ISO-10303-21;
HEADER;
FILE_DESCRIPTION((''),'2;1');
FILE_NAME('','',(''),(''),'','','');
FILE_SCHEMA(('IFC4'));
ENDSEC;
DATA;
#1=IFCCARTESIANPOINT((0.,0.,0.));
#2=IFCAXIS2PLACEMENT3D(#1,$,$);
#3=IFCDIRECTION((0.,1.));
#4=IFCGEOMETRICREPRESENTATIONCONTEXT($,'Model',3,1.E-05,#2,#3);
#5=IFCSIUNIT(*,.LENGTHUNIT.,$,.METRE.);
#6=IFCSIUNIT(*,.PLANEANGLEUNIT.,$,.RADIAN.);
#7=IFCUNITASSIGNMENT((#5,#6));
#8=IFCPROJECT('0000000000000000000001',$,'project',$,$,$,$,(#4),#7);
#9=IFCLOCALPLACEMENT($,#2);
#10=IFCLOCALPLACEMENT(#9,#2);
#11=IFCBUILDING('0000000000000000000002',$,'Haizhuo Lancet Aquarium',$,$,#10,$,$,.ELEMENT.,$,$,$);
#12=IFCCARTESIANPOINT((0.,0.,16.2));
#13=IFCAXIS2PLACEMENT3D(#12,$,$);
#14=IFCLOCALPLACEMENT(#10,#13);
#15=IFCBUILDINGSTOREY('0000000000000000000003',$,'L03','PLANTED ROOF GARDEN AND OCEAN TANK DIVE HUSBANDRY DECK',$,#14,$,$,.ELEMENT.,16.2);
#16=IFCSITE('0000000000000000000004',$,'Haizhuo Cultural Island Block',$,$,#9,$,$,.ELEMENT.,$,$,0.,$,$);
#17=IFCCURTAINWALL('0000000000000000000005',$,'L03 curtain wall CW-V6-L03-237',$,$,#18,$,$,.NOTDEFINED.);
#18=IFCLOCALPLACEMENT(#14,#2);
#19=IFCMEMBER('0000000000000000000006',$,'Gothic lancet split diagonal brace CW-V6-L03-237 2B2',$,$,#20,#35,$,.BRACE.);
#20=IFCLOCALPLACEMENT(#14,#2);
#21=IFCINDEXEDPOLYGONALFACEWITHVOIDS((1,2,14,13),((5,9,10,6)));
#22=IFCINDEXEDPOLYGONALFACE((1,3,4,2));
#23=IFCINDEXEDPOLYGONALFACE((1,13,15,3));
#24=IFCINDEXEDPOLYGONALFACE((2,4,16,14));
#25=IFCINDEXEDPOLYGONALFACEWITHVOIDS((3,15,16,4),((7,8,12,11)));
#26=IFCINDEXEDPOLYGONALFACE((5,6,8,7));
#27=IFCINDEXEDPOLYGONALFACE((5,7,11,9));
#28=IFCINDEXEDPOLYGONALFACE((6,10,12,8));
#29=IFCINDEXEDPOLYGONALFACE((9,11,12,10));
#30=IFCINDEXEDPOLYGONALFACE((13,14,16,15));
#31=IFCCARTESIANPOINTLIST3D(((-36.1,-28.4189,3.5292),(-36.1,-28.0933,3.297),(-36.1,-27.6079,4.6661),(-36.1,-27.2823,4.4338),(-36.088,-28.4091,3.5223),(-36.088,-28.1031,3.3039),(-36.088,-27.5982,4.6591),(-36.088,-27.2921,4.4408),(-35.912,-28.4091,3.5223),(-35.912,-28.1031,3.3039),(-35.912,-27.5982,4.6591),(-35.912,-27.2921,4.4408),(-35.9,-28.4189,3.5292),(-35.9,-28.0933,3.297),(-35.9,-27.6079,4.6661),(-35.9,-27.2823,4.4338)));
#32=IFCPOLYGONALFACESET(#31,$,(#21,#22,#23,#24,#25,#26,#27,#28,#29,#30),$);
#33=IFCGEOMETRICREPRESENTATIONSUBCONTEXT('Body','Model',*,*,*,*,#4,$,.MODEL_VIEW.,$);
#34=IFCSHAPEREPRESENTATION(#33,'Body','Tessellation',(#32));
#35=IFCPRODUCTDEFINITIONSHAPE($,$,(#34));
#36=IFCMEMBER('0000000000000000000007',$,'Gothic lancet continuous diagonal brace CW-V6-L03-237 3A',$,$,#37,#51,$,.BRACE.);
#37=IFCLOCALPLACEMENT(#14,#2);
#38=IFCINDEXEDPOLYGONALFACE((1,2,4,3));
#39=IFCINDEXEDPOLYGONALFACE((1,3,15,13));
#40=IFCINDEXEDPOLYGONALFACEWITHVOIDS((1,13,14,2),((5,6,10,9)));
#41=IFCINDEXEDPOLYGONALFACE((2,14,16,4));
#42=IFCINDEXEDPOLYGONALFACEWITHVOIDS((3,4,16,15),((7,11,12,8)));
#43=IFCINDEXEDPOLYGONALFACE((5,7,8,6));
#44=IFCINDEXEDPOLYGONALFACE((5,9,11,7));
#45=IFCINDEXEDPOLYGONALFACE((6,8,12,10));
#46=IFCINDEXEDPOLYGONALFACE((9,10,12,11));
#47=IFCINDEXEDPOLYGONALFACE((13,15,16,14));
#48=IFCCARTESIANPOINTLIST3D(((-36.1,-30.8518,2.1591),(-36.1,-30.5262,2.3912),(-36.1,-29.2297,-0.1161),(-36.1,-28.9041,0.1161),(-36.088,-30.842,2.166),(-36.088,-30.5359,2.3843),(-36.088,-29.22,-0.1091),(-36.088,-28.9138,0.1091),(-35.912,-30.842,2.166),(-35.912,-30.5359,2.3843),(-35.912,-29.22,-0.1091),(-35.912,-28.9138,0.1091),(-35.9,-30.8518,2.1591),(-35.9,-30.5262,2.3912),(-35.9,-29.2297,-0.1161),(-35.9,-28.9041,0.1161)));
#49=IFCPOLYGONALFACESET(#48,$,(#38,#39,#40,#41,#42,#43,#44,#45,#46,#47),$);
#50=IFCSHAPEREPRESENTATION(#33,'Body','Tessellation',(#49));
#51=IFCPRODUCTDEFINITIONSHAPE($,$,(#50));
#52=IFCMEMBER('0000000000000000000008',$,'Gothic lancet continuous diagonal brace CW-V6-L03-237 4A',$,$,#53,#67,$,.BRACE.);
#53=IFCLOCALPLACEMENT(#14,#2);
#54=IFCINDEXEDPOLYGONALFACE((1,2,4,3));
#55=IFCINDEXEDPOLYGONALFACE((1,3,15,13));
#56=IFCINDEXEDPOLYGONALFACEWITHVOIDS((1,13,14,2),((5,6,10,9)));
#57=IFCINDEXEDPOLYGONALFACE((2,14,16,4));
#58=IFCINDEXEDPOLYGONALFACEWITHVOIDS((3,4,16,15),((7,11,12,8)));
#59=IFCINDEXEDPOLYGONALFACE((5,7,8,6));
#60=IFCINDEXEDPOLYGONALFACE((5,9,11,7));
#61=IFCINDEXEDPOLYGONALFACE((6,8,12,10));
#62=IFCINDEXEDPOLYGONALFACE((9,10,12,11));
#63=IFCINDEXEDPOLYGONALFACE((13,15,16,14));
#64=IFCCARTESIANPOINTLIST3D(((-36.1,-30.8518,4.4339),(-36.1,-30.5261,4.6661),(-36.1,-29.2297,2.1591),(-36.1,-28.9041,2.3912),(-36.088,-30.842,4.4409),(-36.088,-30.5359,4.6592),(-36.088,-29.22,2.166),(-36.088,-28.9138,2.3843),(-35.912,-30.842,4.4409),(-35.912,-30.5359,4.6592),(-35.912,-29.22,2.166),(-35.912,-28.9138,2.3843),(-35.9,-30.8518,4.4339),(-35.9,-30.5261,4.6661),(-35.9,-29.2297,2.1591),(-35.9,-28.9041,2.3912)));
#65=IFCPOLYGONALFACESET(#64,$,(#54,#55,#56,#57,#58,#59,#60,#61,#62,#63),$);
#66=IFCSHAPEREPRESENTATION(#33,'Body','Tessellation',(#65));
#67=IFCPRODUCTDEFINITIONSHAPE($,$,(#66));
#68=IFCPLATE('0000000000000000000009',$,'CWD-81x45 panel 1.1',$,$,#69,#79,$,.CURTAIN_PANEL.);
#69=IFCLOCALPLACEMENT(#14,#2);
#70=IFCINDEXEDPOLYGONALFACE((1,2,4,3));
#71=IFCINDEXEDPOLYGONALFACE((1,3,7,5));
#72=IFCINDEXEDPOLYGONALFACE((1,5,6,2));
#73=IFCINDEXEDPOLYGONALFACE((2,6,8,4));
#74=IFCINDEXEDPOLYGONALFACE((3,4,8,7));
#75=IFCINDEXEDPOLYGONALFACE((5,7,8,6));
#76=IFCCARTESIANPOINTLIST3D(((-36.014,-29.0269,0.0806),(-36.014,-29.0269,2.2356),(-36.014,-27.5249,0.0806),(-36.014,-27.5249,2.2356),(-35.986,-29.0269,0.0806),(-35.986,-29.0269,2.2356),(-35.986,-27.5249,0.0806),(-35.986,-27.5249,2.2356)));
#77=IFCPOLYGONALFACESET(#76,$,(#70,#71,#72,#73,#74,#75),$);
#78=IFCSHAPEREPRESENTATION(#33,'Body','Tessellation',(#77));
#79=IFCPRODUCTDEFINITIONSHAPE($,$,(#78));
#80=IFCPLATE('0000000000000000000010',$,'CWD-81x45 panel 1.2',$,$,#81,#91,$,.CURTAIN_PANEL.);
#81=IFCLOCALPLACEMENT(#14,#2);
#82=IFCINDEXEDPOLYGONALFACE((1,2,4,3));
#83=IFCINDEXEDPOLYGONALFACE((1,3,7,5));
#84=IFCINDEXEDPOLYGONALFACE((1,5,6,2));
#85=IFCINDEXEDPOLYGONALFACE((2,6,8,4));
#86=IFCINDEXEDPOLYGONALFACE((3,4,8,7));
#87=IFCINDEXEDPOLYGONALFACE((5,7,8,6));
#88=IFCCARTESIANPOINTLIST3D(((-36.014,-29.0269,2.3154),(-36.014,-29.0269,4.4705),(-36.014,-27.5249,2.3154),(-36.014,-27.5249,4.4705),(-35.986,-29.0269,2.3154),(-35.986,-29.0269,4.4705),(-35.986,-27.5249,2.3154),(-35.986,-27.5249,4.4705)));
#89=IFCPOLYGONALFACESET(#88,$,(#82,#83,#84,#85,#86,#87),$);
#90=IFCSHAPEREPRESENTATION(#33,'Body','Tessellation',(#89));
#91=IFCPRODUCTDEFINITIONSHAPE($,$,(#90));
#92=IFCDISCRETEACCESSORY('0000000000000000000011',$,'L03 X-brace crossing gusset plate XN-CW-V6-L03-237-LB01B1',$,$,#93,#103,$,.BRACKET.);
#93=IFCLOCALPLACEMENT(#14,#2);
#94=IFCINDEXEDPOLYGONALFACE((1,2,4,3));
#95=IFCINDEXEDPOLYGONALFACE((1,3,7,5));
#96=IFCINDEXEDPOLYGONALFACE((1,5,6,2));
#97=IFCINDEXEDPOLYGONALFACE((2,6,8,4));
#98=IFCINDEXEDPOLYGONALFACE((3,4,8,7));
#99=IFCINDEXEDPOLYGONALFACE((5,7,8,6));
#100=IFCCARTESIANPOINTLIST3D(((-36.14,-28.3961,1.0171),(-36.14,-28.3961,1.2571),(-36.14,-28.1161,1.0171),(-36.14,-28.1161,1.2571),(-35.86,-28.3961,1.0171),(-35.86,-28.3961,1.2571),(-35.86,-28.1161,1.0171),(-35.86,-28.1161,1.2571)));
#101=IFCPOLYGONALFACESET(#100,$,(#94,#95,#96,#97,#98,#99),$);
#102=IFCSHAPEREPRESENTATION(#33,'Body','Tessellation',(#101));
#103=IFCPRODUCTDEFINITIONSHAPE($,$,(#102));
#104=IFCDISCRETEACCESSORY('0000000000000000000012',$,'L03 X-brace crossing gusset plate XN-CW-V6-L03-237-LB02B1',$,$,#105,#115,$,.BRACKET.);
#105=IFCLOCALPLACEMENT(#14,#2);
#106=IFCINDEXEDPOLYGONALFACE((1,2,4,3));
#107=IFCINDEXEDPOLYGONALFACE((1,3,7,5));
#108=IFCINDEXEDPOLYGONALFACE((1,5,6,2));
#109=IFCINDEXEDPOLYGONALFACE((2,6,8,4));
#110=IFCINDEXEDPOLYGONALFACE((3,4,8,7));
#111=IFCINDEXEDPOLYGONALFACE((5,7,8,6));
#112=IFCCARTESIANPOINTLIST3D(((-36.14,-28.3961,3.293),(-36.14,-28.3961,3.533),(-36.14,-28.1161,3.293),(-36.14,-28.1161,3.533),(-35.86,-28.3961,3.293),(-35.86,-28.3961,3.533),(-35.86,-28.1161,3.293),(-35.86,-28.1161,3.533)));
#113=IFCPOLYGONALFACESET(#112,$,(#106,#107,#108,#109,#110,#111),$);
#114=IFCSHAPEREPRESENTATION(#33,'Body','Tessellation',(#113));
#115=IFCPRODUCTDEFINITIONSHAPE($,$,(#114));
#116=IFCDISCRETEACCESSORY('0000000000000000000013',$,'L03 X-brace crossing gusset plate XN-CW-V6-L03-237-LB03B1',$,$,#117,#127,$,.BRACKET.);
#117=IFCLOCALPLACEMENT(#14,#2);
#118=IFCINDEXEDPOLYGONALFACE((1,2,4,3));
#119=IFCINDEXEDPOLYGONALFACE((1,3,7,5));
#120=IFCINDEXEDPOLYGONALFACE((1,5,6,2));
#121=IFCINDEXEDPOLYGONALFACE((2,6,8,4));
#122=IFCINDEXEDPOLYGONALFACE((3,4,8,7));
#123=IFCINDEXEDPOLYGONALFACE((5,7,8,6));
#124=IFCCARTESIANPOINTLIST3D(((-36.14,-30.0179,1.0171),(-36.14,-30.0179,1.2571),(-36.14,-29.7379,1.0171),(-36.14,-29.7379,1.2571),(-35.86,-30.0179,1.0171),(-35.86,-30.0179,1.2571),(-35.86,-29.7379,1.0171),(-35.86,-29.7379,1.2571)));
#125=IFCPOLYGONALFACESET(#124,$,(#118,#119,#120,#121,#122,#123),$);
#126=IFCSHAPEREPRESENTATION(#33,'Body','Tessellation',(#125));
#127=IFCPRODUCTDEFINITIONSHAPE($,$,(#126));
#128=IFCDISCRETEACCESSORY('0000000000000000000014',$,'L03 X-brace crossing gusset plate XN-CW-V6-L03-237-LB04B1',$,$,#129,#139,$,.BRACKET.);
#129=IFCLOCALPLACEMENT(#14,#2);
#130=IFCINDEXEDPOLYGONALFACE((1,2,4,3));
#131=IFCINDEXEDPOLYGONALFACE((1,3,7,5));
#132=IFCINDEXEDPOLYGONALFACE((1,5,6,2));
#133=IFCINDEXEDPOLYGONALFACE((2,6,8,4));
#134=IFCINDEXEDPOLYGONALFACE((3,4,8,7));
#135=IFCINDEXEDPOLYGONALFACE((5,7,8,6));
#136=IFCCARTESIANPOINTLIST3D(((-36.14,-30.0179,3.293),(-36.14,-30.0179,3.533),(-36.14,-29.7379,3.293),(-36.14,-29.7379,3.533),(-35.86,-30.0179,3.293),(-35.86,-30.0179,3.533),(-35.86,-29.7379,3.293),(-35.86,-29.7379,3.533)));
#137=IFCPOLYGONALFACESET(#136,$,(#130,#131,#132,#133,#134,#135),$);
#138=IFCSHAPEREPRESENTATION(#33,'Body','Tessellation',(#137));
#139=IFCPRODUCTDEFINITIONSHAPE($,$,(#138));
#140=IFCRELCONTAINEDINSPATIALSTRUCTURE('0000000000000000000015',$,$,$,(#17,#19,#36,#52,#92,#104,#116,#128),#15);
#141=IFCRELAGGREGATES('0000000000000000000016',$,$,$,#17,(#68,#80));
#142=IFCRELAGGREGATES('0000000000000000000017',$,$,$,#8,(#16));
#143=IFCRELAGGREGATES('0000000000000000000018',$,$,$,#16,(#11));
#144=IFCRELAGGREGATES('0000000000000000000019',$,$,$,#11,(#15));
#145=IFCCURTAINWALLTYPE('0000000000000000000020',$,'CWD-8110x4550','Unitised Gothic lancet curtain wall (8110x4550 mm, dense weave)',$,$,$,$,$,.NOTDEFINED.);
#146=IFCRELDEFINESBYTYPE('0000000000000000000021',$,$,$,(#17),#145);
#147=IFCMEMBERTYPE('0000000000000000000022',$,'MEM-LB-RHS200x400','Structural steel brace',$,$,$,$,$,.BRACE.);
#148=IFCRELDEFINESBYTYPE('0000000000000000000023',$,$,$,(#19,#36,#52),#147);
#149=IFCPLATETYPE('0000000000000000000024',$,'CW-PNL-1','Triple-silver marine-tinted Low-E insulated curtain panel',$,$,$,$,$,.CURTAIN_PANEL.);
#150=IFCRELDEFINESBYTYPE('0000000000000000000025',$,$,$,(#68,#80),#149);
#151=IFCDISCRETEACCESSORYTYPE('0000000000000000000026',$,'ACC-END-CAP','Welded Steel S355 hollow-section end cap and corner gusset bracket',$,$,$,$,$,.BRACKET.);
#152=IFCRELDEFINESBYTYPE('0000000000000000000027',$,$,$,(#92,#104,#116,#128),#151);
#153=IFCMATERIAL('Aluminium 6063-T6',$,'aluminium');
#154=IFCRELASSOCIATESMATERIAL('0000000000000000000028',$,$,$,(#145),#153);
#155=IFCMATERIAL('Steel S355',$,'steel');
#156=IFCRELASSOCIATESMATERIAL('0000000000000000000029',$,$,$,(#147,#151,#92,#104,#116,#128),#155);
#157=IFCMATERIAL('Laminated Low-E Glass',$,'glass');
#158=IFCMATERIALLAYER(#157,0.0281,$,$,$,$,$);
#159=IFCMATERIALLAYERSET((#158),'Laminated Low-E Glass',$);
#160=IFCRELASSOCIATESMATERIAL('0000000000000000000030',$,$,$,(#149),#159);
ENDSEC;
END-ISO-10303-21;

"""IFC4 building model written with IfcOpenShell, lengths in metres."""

from ifc_helpers import new_model, si_unit, direction, frame, origin, origin_2d, place, context, subcontext, project, spatial, rectangle, hollow_rectangle, extrude, material, layer, layer_set, material_profile, profile_set, type_object, element, aggregate, save


model = new_model("IFC4")

# Units and contexts
model_context = context("Model", 3, precision=1e-05, world=origin(), true_north=direction((0.0, 1.0)))
body_context = subcontext(model_context, "Body", "Model", "MODEL_VIEW")
ifc_project = project(units=[si_unit("LENGTHUNIT", "METRE"), si_unit("PLANEANGLEUNIT", "RADIAN")], contexts=[model_context])

# Site, building, storey
site_placement = place(None, origin())
site = spatial("IfcSite", under=ifc_project, at=site_placement, Name="Haizhuo Cultural Island Block", CompositionType="ELEMENT", RefElevation=0.0)
building_placement = place(site_placement, origin())
building = spatial("IfcBuilding", under=site, at=building_placement, Name="Haizhuo Lancet Aquarium", CompositionType="ELEMENT")
storey_placement = place(building_placement, frame((0.0, 0.0, 16.2)))
storey = spatial("IfcBuildingStorey", under=building, at=storey_placement, Name="L03", Description="PLANTED ROOF GARDEN AND OCEAN TANK DIVE HUSBANDRY DECK", CompositionType="ELEMENT", Elevation=16.2)

# Shared definitions
ifc_material_1 = material(Name="Steel S355", Category="steel")

# Shared definitions
ifc_material_2 = material(Name="Aluminium 6063-T6", Category="aluminium")
curtain_wall_type = type_object("IfcCurtainWallType", Name="CWD-8110x4550", Description="Unitised Gothic lancet curtain wall (8110x4550 mm, dense weave)", PredefinedType="NOTDEFINED", material=ifc_material_2)

# Curtain wall
curtain_wall_1_placement = place(storey_placement, origin())
curtain_wall_1 = element("IfcCurtainWall", 1, at=curtain_wall_1_placement, inside=storey, type_object=curtain_wall_type, Name="L03 curtain wall CW-V6-L03-237", PredefinedType="NOTDEFINED")

# Members
ifc_material_profile_1 = material_profile(ifc_material_1, hollow_rectangle(XDim=0.2, YDim=0.3999, WallThickness=0.012, at=origin_2d()), Name="RHS 200x400x12")
ifc_profile_set_1 = profile_set([ifc_material_profile_1], Name="Steel S355")
member_type_1 = type_object("IfcMemberType", Name="MEM-LB-RHS200x400", Description="Structural steel brace", PredefinedType="BRACE", material=ifc_profile_set_1)
member_1_placement = place(storey_placement, frame((-36.0, -28.2561, 3.4131), z_axis=(0.0, 0.580725, 0.814099), x_axis=(-1.0, 0.0, 0.0)))
element("IfcMember", 2, at=member_1_placement, inside=storey, type_object=member_type_1, Name="Gothic lancet split diagonal brace CW-V6-L03-237 2B2", PredefinedType="BRACE", context=body_context, shape_type="SweptSolid", body=[
    extrude(hollow_rectangle(XDim=0.2, YDim=0.3999, WallThickness=0.012, at=origin_2d()), origin(), (0.0, 0.0, 1.0), 1.3965),
])
member_2_placement = place(storey_placement, frame((-36.0, -29.0669, 0.0), z_axis=(0.0, -0.580519, 0.814247), x_axis=(1.0, 0.0, 0.0)))
element("IfcMember", 3, at=member_2_placement, inside=storey, type_object=member_type_1, Name="Gothic lancet continuous diagonal brace CW-V6-L03-237 3A", PredefinedType="BRACE", context=body_context, shape_type="SweptSolid", body=[
    extrude(hollow_rectangle(XDim=0.2, YDim=0.3999, WallThickness=0.012, at=origin_2d()), origin(), (0.0, 0.0, 1.0), 2.7942),
])
member_3_placement = place(storey_placement, frame((-36.0, -29.0669, 2.2751), z_axis=(0.0, -0.58056, 0.814217), x_axis=(1.0, 0.0, 0.0)))
element("IfcMember", 4, at=member_3_placement, inside=storey, type_object=member_type_1, Name="Gothic lancet continuous diagonal brace CW-V6-L03-237 4A", PredefinedType="BRACE", context=body_context, shape_type="SweptSolid", body=[
    extrude(hollow_rectangle(XDim=0.2, YDim=0.3999, WallThickness=0.012, at=origin_2d()), origin(), (0.0, 0.0, 1.0), 2.7939),
])

# Plates
ifc_material_3 = material(Name="Laminated Low-E Glass", Category="glass")
ifc_layer = layer(ifc_material_3, 0.0281)
ifc_layer_set = layer_set([ifc_layer], Name="Laminated Low-E Glass")
plate_type = type_object("IfcPlateType", Name="CW-PNL-1", Description="Triple-silver marine-tinted Low-E insulated curtain panel", PredefinedType="CURTAIN_PANEL", material=ifc_layer_set)
plate_1_placement = place(storey_placement, frame((-36.0, -28.2759, 0.0806), z_axis=(0.0, 0.0, 1.0), x_axis=(0.0, -1.0, 0.0)))
plate_1 = element("IfcPlate", 5, at=plate_1_placement, type_object=plate_type, Name="CWD-81x45 panel 1.1", PredefinedType="CURTAIN_PANEL", context=body_context, shape_type="SweptSolid", body=[
    extrude(rectangle(XDim=1.502, YDim=0.0281, at=origin_2d()), origin(), (0.0, 0.0, 1.0), 2.155),
])
plate_2_placement = place(storey_placement, frame((-36.0, -28.2759, 2.3154), z_axis=(0.0, 0.0, 1.0), x_axis=(0.0, -1.0, 0.0)))
plate_2 = element("IfcPlate", 6, at=plate_2_placement, type_object=plate_type, Name="CWD-81x45 panel 1.2", PredefinedType="CURTAIN_PANEL", context=body_context, shape_type="SweptSolid", body=[
    extrude(rectangle(XDim=1.502, YDim=0.0281, at=origin_2d()), origin(), (0.0, 0.0, 1.0), 2.155),
])
aggregate(curtain_wall_1, [plate_1, plate_2])

# Discrete accessories
discrete_accessory_type = type_object("IfcDiscreteAccessoryType", Name="ACC-END-CAP", Description="Welded Steel S355 hollow-section end cap and corner gusset bracket", PredefinedType="BRACKET", material=ifc_material_1)
for number, where, z_axis, x_axis, name in (
    (7, (-36.0, -28.2561, 1.0171), (0.0, 0.0, 1.0), (1.0, 0.0, 0.0), "L03 X-brace crossing gusset plate XN-CW-V6-L03-237-LB01B1"),
    (8, (-36.0, -28.2561, 3.293), (0.0, 0.0, 1.0), (1.0, 0.0, 0.0), "L03 X-brace crossing gusset plate XN-CW-V6-L03-237-LB02B1"),
    (9, (-36.0, -29.8779, 1.0171), (0.0, 0.0, 1.0), (1.0, 0.0, 0.0), "L03 X-brace crossing gusset plate XN-CW-V6-L03-237-LB03B1"),
    (10, (-36.0, -29.8779, 3.293), (0.0, 0.0, 1.0), (1.0, 0.0, 0.0), "L03 X-brace crossing gusset plate XN-CW-V6-L03-237-LB04B1"),
):
    element("IfcDiscreteAccessory", number, at=place(storey_placement, frame(where, z_axis=z_axis, x_axis=x_axis)), inside=storey, type_object=discrete_accessory_type, material=ifc_material_1, Name=name, PredefinedType="BRACKET", context=body_context, shape_type="SweptSolid", body=[
        extrude(rectangle(XDim=0.28, YDim=0.28, at=origin_2d()), origin(), (0.0, 0.0, 1.0), 0.24),
    ])

save(model, "model.ifc")
